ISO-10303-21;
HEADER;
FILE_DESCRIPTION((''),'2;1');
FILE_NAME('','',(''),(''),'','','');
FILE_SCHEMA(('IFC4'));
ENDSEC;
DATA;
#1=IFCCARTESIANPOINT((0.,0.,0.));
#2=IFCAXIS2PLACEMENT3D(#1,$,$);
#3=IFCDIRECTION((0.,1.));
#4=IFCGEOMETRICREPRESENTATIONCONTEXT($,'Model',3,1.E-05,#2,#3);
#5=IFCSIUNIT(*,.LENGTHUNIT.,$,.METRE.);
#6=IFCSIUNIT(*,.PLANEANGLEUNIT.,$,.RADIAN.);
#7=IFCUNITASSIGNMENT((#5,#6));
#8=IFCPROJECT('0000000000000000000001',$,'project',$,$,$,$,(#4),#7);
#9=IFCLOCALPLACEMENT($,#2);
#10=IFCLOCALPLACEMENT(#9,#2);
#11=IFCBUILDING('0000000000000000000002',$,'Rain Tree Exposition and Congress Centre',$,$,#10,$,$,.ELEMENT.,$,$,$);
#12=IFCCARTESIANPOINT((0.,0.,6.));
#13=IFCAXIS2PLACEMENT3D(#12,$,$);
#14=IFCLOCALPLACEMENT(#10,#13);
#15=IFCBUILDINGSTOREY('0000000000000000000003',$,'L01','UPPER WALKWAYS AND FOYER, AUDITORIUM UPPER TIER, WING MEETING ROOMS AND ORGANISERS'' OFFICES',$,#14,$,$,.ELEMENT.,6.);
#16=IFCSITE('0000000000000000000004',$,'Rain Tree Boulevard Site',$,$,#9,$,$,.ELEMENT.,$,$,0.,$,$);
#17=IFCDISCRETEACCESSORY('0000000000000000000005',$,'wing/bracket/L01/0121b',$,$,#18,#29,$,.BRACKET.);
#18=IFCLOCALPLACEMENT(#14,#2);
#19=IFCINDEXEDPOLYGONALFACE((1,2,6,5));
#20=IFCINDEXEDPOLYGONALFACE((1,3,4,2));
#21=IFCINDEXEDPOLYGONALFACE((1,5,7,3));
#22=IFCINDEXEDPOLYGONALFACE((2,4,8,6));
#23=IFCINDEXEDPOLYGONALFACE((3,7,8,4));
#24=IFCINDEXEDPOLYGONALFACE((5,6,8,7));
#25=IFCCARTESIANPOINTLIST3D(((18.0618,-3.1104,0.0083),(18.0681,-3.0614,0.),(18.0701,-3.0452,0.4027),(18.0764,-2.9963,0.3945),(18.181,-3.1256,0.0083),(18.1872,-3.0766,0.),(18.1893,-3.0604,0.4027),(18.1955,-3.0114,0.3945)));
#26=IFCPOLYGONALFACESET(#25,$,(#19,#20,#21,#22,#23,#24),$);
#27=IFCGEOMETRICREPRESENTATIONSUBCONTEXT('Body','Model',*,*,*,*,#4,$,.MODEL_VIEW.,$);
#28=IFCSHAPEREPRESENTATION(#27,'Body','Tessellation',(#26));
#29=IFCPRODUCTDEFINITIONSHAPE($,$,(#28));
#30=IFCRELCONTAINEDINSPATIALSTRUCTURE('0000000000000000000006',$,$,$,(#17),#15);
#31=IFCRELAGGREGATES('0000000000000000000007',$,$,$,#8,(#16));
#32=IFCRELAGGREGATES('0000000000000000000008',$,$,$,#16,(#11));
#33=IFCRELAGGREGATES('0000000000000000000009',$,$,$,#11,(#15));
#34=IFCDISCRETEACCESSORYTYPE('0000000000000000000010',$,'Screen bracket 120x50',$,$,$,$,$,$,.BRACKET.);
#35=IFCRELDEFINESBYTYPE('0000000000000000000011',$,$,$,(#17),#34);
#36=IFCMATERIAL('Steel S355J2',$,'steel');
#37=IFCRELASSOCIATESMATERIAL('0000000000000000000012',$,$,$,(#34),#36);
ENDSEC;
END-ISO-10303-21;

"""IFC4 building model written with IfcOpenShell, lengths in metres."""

from ifc_helpers import new_model, si_unit, direction, frame, origin, origin_2d, place, context, subcontext, project, spatial, rectangle, extrude, material, material_profile, profile_set, type_object, element, save


model = new_model("IFC4")

# Units and contexts
model_context = context("Model", 3, precision=1e-05, world=origin(), true_north=direction((0.0, 1.0)))
body_context = subcontext(model_context, "Body", "Model", "MODEL_VIEW")
ifc_project = project(units=[si_unit("LENGTHUNIT", "METRE"), si_unit("PLANEANGLEUNIT", "RADIAN")], contexts=[model_context])

# Site, building, storey
site_placement = place(None, origin())
site = spatial("IfcSite", under=ifc_project, at=site_placement, Name="Rain Tree Boulevard Site", CompositionType="ELEMENT", RefElevation=0.0)
building_placement = place(site_placement, origin())
building = spatial("IfcBuilding", under=site, at=building_placement, Name="Rain Tree Exposition and Congress Centre", CompositionType="ELEMENT")
storey_placement = place(building_placement, frame((0.0, 0.0, 6.0)))
storey = spatial("IfcBuildingStorey", under=building, at=storey_placement, Name="L01", Description="UPPER WALKWAYS AND FOYER, AUDITORIUM UPPER TIER, WING MEETING ROOMS AND ORGANISERS' OFFICES", CompositionType="ELEMENT", Elevation=6.0)

# Discrete accessory
ifc_material_1 = material(Name="Steel S355J2", Category="steel")
ifc_material_profile_1 = material_profile(ifc_material_1, rectangle(XDim=0.1201, YDim=0.05, at=origin_2d()), Name="Flat bar 120x50")
ifc_profile_set_1 = profile_set([ifc_material_profile_1], Name="Steel S355J2")
discrete_accessory_type = type_object("IfcDiscreteAccessoryType", Name="Screen bracket 120x50", PredefinedType="BRACKET", material=ifc_profile_set_1)
discrete_accessory_placement = place(storey_placement, frame((18.1245, -3.0935, 0.0042), z_axis=(0.020754, 0.162978, 0.986411), x_axis=(-0.991989, 0.126321, 0.0)))
element("IfcDiscreteAccessory", 1, at=discrete_accessory_placement, inside=storey, type_object=discrete_accessory_type, Name="wing/bracket/L01/0121b", PredefinedType="BRACKET", context=body_context, shape_type="SweptSolid", body=[
    extrude(rectangle(XDim=0.1201, YDim=0.05, at=origin_2d()), origin(), (0.0, 0.0, 1.0), 0.3999),
])

save(model, "model.ifc")
